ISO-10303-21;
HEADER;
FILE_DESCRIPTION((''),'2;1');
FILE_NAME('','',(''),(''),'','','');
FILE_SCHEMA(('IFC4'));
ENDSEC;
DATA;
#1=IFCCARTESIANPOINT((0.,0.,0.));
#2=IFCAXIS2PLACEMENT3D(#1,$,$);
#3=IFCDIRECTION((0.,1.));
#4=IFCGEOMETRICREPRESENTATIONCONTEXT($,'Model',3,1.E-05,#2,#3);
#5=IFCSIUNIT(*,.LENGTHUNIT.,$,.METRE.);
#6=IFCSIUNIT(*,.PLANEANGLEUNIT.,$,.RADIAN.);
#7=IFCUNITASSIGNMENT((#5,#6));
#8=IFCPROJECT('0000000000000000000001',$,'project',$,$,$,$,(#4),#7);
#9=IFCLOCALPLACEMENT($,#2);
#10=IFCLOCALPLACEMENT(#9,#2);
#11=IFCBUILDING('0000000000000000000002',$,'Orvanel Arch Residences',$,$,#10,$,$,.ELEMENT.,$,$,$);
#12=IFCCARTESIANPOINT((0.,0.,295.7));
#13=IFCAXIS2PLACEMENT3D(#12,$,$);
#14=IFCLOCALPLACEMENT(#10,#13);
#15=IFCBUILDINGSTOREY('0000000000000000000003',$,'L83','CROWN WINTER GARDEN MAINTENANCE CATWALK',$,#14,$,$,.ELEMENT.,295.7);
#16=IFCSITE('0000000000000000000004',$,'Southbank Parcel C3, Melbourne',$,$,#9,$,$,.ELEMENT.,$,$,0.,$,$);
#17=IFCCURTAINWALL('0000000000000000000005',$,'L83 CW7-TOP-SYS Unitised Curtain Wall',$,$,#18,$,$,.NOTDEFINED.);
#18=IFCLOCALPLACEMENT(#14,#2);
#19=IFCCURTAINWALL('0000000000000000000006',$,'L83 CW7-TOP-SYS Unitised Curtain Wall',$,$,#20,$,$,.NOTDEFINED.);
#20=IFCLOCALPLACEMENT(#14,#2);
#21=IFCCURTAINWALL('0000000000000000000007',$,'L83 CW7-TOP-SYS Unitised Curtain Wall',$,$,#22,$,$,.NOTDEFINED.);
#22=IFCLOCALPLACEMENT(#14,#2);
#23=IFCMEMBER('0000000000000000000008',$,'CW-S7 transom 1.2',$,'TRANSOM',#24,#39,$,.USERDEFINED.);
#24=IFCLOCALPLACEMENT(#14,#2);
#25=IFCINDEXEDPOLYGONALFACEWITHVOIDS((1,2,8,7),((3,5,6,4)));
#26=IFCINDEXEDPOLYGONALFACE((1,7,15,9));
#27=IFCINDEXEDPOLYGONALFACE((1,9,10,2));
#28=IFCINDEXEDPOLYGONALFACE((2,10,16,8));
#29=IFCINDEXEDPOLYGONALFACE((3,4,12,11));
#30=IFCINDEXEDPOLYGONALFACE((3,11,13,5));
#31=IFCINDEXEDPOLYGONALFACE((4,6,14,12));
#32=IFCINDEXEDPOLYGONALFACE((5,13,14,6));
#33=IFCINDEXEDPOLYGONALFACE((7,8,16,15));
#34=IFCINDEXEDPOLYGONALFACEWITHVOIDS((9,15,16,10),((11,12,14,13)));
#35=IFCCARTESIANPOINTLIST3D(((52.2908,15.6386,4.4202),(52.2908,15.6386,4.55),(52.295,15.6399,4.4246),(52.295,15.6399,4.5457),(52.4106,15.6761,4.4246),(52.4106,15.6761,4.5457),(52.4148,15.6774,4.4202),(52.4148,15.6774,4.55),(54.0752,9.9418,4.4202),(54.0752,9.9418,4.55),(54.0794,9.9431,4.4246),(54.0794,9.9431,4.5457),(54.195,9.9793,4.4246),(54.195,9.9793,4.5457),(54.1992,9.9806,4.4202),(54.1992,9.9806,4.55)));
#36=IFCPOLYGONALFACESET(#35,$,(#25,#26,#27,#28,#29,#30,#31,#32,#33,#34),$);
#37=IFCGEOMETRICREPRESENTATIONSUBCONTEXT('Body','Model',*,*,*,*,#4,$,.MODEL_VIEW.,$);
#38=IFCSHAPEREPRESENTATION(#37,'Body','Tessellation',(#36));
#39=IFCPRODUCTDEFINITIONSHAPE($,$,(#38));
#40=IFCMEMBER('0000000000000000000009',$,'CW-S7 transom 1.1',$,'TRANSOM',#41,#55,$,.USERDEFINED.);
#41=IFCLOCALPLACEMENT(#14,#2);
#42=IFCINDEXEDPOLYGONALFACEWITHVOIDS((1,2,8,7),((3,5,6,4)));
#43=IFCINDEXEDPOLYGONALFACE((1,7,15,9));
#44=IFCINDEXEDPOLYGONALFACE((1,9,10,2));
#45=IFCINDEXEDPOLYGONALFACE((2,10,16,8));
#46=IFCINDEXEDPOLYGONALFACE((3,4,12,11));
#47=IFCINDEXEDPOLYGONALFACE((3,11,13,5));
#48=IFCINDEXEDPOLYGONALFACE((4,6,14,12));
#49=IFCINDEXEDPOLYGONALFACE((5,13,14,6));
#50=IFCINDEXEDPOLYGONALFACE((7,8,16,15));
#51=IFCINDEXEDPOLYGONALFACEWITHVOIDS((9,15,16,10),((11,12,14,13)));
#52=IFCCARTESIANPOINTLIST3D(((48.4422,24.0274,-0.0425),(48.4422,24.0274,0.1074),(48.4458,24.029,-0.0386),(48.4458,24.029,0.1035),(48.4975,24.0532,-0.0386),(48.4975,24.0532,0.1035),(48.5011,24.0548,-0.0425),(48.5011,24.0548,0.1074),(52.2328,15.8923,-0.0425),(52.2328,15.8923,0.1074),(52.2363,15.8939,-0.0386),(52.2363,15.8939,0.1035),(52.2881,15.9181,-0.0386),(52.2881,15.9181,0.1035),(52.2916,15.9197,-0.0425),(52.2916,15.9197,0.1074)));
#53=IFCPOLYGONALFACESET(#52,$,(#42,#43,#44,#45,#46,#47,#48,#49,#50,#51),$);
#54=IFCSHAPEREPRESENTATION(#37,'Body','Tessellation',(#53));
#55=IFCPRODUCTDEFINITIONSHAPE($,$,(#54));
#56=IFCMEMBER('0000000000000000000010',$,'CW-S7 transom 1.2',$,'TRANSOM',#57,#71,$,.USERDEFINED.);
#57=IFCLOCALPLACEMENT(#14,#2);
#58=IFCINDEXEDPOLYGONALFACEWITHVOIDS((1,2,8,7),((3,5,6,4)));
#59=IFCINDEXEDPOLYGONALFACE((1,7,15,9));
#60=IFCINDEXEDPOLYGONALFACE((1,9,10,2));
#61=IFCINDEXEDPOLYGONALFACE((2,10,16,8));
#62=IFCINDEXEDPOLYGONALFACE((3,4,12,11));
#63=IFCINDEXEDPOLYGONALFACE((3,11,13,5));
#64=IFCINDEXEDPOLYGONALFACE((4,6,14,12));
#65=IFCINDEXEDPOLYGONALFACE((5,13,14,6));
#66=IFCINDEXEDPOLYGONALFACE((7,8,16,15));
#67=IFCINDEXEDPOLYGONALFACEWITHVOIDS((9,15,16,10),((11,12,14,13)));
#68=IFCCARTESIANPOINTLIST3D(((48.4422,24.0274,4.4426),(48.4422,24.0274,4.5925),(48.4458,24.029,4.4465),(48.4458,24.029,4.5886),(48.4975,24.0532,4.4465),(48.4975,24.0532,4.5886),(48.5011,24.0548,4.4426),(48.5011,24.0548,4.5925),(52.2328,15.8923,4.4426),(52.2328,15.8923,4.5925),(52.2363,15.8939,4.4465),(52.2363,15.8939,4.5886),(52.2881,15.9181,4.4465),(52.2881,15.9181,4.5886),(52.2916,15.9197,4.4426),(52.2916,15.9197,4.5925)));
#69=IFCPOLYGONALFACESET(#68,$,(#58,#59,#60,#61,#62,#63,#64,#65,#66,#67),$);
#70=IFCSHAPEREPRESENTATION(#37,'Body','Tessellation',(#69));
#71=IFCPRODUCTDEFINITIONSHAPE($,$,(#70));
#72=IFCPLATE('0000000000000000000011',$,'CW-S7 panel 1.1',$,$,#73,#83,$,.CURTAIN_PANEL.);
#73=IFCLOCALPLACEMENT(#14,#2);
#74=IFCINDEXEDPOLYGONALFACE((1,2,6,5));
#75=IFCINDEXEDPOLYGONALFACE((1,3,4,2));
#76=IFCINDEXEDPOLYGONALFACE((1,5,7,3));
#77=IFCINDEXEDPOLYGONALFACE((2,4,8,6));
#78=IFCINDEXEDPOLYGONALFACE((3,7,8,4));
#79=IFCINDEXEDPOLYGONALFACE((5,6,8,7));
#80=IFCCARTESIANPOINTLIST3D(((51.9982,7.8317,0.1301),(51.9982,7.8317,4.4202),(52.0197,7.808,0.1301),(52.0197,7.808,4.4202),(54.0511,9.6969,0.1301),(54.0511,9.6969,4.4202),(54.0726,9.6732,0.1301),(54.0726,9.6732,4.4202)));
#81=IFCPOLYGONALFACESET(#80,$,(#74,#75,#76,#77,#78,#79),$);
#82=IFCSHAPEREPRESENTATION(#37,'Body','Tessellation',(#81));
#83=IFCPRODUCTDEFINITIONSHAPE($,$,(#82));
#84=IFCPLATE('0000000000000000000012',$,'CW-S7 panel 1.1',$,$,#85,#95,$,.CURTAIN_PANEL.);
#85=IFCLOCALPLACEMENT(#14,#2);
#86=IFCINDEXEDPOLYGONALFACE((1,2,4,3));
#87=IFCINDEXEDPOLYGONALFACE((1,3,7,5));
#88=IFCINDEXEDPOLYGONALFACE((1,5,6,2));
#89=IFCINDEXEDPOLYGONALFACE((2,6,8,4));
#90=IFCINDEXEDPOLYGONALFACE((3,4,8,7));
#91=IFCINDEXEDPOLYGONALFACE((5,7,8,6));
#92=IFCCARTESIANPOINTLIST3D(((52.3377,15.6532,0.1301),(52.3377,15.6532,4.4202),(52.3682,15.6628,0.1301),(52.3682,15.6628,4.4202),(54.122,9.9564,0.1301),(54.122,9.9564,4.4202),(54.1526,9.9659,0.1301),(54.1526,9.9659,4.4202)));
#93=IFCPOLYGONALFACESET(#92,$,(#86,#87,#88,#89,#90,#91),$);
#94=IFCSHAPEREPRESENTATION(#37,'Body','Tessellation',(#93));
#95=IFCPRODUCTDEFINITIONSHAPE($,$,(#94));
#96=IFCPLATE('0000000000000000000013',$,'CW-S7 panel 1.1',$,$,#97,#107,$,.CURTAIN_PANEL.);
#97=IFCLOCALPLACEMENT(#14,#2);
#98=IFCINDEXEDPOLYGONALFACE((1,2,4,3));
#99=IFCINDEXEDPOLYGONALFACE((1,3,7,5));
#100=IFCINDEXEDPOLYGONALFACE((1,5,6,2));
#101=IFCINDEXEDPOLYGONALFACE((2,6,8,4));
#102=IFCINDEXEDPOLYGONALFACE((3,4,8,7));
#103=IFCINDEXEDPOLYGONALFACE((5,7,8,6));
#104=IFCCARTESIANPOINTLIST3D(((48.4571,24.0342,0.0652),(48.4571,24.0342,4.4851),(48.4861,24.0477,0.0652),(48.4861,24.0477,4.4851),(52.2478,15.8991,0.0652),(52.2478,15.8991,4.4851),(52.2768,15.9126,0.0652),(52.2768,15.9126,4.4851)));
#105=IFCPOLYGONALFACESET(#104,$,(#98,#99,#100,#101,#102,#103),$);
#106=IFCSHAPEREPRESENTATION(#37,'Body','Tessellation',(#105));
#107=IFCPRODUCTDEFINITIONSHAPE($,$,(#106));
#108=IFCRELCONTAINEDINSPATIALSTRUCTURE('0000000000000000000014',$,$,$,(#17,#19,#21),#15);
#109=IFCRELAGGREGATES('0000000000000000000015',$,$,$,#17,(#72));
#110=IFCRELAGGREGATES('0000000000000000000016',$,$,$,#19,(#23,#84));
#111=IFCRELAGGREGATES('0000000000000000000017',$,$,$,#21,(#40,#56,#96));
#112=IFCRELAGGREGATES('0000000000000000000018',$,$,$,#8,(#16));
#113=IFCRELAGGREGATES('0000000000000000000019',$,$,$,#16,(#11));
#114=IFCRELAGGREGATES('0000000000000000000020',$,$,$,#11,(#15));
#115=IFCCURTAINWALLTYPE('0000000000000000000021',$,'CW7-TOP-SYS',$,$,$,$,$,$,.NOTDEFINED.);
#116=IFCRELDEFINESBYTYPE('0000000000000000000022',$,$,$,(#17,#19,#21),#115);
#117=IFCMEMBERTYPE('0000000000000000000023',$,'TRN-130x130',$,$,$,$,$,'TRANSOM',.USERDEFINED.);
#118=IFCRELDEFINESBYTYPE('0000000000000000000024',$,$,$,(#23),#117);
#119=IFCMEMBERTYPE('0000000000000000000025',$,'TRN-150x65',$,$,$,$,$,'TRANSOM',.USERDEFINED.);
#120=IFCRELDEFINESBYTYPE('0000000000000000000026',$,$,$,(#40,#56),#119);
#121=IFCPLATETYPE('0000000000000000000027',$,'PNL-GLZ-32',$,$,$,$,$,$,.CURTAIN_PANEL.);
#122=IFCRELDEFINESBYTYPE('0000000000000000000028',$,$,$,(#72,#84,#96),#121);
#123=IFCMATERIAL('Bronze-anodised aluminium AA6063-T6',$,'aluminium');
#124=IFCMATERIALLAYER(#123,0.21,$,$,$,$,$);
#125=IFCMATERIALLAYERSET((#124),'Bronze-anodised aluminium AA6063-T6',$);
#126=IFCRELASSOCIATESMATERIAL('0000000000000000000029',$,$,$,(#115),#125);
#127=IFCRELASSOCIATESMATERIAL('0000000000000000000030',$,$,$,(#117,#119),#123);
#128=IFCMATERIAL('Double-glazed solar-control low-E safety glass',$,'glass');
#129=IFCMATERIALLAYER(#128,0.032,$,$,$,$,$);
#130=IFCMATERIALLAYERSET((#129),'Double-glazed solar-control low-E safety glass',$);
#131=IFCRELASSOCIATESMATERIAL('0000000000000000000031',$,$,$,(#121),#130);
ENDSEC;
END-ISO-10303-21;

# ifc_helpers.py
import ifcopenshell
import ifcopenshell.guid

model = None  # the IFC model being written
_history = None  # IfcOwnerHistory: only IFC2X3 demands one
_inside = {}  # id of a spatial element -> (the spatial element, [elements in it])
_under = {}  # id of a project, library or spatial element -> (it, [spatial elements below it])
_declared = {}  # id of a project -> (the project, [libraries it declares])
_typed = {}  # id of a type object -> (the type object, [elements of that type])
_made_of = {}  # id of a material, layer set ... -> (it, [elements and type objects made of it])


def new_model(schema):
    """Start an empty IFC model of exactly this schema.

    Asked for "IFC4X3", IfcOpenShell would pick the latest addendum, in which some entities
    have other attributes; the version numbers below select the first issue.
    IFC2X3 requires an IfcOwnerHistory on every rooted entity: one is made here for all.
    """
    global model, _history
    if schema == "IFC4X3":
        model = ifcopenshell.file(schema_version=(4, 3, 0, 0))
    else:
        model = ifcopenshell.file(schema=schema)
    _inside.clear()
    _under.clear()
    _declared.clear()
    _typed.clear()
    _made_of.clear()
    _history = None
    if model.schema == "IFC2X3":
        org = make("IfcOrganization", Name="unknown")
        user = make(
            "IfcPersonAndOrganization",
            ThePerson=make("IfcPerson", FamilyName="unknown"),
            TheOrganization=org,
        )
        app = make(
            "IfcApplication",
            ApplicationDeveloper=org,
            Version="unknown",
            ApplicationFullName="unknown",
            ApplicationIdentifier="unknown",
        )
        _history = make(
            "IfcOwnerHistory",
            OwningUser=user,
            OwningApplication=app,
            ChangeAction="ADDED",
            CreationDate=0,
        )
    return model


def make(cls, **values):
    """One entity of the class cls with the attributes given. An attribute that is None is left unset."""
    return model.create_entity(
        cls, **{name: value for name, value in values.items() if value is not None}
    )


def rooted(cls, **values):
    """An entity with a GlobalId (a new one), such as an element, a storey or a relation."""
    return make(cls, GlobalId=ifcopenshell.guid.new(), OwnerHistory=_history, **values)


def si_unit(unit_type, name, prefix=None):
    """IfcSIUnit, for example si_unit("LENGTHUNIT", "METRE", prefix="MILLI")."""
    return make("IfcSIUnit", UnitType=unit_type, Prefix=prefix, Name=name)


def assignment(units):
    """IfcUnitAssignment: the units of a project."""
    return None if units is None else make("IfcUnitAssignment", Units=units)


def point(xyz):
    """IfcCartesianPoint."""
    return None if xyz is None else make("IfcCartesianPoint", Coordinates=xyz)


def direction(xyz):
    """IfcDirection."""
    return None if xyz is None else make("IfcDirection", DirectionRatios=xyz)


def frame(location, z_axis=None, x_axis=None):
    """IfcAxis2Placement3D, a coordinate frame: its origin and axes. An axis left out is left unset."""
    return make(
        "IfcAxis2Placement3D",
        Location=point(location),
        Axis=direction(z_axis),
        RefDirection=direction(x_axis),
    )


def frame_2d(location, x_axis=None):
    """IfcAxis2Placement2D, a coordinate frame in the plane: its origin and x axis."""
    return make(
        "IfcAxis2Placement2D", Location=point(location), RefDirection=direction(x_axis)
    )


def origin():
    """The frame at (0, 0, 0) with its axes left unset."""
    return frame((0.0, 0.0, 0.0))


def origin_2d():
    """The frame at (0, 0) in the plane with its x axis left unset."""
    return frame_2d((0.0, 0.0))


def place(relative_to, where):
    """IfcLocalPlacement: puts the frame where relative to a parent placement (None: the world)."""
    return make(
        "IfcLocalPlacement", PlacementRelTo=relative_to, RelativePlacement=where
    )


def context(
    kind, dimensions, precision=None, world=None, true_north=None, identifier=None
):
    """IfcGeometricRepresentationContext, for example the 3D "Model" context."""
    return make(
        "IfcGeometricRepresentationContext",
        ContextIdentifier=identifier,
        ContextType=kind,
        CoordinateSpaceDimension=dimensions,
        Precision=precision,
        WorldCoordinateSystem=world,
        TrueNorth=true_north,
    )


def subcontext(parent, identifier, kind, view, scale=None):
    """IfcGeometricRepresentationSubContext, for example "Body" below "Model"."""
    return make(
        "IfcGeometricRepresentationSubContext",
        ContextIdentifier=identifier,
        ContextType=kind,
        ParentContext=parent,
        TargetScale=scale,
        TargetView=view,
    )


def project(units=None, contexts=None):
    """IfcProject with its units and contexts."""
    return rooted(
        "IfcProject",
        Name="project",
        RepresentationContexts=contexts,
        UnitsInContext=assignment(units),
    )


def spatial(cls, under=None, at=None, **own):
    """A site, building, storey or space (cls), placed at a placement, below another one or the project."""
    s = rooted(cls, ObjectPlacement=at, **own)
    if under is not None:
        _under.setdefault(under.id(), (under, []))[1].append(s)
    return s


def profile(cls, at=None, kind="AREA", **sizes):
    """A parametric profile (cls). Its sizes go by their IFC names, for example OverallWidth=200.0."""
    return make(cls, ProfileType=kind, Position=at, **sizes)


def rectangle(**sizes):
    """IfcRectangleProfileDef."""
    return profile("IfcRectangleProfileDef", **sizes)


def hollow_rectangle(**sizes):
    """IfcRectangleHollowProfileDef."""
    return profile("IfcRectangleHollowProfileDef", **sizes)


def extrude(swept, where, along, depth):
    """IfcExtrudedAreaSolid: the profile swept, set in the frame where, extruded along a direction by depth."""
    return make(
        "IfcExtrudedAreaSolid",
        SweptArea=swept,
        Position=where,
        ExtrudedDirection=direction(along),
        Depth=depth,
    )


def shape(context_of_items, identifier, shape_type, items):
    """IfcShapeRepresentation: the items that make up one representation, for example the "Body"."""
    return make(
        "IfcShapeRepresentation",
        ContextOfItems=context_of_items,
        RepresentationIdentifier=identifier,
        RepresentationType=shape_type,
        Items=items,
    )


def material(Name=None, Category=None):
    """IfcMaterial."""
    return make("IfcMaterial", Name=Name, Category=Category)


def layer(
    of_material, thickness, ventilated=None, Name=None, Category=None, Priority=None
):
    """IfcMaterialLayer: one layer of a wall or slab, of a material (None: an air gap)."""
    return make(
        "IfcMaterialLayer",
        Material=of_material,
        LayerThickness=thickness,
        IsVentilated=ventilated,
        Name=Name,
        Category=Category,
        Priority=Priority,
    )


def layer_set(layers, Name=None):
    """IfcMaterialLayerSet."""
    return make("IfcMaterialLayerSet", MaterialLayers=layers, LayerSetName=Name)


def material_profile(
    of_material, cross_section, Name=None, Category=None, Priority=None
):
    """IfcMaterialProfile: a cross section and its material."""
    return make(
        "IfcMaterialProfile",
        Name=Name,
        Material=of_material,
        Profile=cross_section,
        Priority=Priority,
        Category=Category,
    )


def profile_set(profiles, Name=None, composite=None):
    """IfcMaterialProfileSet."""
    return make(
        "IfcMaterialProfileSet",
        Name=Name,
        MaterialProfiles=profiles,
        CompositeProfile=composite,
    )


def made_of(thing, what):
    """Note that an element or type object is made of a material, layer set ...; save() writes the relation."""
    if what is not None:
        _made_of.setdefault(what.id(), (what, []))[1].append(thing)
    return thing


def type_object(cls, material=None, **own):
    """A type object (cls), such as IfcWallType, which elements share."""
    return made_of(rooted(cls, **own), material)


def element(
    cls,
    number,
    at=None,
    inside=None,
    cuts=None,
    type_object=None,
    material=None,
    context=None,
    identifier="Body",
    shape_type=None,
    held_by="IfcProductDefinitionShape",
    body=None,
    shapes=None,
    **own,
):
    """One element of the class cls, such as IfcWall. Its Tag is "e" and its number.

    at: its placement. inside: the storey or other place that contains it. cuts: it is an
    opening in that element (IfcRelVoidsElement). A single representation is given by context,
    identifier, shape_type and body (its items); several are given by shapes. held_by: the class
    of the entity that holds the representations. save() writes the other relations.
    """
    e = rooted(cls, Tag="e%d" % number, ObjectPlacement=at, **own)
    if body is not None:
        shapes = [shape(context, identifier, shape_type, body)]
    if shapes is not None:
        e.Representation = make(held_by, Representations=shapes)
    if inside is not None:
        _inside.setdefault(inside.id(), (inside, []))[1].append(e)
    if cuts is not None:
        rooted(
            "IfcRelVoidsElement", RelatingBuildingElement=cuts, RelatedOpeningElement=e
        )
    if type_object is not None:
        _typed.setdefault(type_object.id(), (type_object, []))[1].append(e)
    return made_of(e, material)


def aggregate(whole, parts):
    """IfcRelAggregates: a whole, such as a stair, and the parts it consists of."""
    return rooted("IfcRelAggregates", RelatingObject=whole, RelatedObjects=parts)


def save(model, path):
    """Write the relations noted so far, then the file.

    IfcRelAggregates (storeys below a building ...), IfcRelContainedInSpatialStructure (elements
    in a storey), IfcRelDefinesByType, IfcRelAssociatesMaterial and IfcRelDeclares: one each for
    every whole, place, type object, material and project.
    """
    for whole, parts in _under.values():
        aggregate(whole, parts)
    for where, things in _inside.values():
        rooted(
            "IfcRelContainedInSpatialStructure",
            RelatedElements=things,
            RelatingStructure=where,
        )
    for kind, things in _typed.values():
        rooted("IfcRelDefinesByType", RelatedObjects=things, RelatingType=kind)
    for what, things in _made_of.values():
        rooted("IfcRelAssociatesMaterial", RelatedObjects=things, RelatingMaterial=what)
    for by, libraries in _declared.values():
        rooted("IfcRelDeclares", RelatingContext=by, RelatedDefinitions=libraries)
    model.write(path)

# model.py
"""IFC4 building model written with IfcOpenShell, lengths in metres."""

from ifc_helpers import new_model, si_unit, direction, frame, origin, origin_2d, place, context, subcontext, project, spatial, rectangle, hollow_rectangle, extrude, material, layer, layer_set, material_profile, profile_set, type_object, element, aggregate, save


model = new_model("IFC4")

# Units and contexts
model_context = context("Model", 3, precision=1e-05, world=origin(), true_north=direction((0.0, 1.0)))
body_context = subcontext(model_context, "Body", "Model", "MODEL_VIEW")
ifc_project = project(units=[si_unit("LENGTHUNIT", "METRE"), si_unit("PLANEANGLEUNIT", "RADIAN")], contexts=[model_context])

# Site, building, storey
site_placement = place(None, origin())
site = spatial("IfcSite", under=ifc_project, at=site_placement, Name="Southbank Parcel C3, Melbourne", CompositionType="ELEMENT", RefElevation=0.0)
building_placement = place(site_placement, origin())
building = spatial("IfcBuilding", under=site, at=building_placement, Name="Orvanel Arch Residences", CompositionType="ELEMENT")
storey_placement = place(building_placement, frame((0.0, 0.0, 295.7)))
storey = spatial("IfcBuildingStorey", under=building, at=storey_placement, Name="L83", Description="CROWN WINTER GARDEN MAINTENANCE CATWALK", CompositionType="ELEMENT", Elevation=295.7)

# Curtain walls
ifc_material_1 = material(Name="Bronze-anodised aluminium AA6063-T6", Category="aluminium")
ifc_layer_1 = layer(ifc_material_1, 0.21)
ifc_layer_set_1 = layer_set([ifc_layer_1], Name="Bronze-anodised aluminium AA6063-T6")
curtain_wall_type = type_object("IfcCurtainWallType", Name="CW7-TOP-SYS", PredefinedType="NOTDEFINED", material=ifc_layer_set_1)
curtain_wall_1_placement = place(storey_placement, origin())
curtain_wall_1 = element("IfcCurtainWall", 1, at=curtain_wall_1_placement, inside=storey, type_object=curtain_wall_type, Name="L83 CW7-TOP-SYS Unitised Curtain Wall", PredefinedType="NOTDEFINED")
curtain_wall_2_placement = place(storey_placement, origin())
curtain_wall_2 = element("IfcCurtainWall", 2, at=curtain_wall_2_placement, inside=storey, type_object=curtain_wall_type, Name="L83 CW7-TOP-SYS Unitised Curtain Wall", PredefinedType="NOTDEFINED")

# Curtain wall
curtain_wall_3_placement = place(storey_placement, origin())
curtain_wall_3 = element("IfcCurtainWall", 3, at=curtain_wall_3_placement, inside=storey, type_object=curtain_wall_type, Name="L83 CW7-TOP-SYS Unitised Curtain Wall", PredefinedType="NOTDEFINED")

# Members
ifc_material_profile_1 = material_profile(ifc_material_1, hollow_rectangle(XDim=0.1299, YDim=0.1299, WallThickness=0.0044, at=origin_2d()), Name="ALU130x130x4.5")
ifc_profile_set_1 = profile_set([ifc_material_profile_1], Name="Bronze-anodised aluminium AA6063-T6")
member_type_1 = type_object("IfcMemberType", Name="TRN-130x130", ElementType="TRANSOM", PredefinedType="USERDEFINED", material=ifc_profile_set_1)
member_1_placement = place(storey_placement, frame((54.1372, 9.9612, 4.4851), z_axis=(-0.298913, 0.95428, 0.0), x_axis=(-0.95428, -0.298913, 0.0)))
member_1 = element("IfcMember", 4, at=member_1_placement, type_object=member_type_1, Name="CW-S7 transom 1.2", ObjectType="TRANSOM", PredefinedType="USERDEFINED", context=body_context, shape_type="SweptSolid", body=[
    extrude(hollow_rectangle(XDim=0.1299, YDim=0.1299, WallThickness=0.0044, at=origin_2d()), origin(), (0.0, 0.0, 1.0), 5.9697),
])
ifc_material_profile_2 = material_profile(ifc_material_1, hollow_rectangle(XDim=0.0649, YDim=0.1499, WallThickness=0.0039, at=origin_2d()), Name="ALU150x65x4")
ifc_profile_set_2 = profile_set([ifc_material_profile_2], Name="Bronze-anodised aluminium AA6063-T6")
member_type_2 = type_object("IfcMemberType", Name="TRN-150x65", ElementType="TRANSOM", PredefinedType="USERDEFINED", material=ifc_profile_set_2)
member_2_placement = place(storey_placement, frame((52.2622, 15.906, 0.0325), z_axis=(-0.422354, 0.906431, 0.0), x_axis=(-0.906431, -0.422354, 0.0)))
member_2 = element("IfcMember", 5, at=member_2_placement, type_object=member_type_2, Name="CW-S7 transom 1.1", ObjectType="TRANSOM", PredefinedType="USERDEFINED", context=body_context, shape_type="SweptSolid", body=[
    extrude(hollow_rectangle(XDim=0.0649, YDim=0.1499, WallThickness=0.0039, at=origin_2d()), origin(), (0.0, 0.0, 1.0), 8.9749),
])
member_3_placement = place(storey_placement, frame((52.2622, 15.906, 4.5176), z_axis=(-0.422354, 0.906431, 0.0), x_axis=(-0.906431, -0.422354, 0.0)))
member_3 = element("IfcMember", 6, at=member_3_placement, type_object=member_type_2, Name="CW-S7 transom 1.2", ObjectType="TRANSOM", PredefinedType="USERDEFINED", context=body_context, shape_type="SweptSolid", body=[
    extrude(hollow_rectangle(XDim=0.0649, YDim=0.1499, WallThickness=0.0039, at=origin_2d()), origin(), (0.0, 0.0, 1.0), 8.9749),
])

# Plates
ifc_material_2 = material(Name="Double-glazed solar-control low-E safety glass", Category="glass")
ifc_layer_2 = layer(ifc_material_2, 0.032)
ifc_layer_set_2 = layer_set([ifc_layer_2], Name="Double-glazed solar-control low-E safety glass")
plate_type = type_object("IfcPlateType", Name="PNL-GLZ-32", PredefinedType="CURTAIN_PANEL", material=ifc_layer_set_2)
plate_1_placement = place(storey_placement, frame((53.0354, 8.7524, 0.1301), z_axis=(0.0, 0.0, 1.0), x_axis=(0.740131, 0.672462, 0.0)))
plate_1 = element("IfcPlate", 7, at=plate_1_placement, type_object=plate_type, Name="CW-S7 panel 1.1", PredefinedType="CURTAIN_PANEL", context=body_context, shape_type="SweptSolid", body=[
    extrude(rectangle(XDim=2.7737, YDim=0.032, at=origin_2d()), origin(), (0.0, 0.0, 1.0), 4.29),
])
aggregate(curtain_wall_1, [plate_1])
plate_2_placement = place(storey_placement, frame((53.2451, 12.8096, 0.1301), z_axis=(0.0, 0.0, 1.0), x_axis=(-0.298902, 0.954284, 0.0)))
plate_2 = element("IfcPlate", 8, at=plate_2_placement, type_object=plate_type, Name="CW-S7 panel 1.1", PredefinedType="CURTAIN_PANEL", context=body_context, shape_type="SweptSolid", body=[
    extrude(rectangle(XDim=5.9697, YDim=0.032, at=origin_2d()), origin(), (0.0, 0.0, 1.0), 4.29),
])
aggregate(curtain_wall_2, [member_1, plate_2])
plate_3_placement = place(storey_placement, frame((50.3669, 19.9734, 0.0652), z_axis=(0.0, 0.0, 1.0), x_axis=(-0.422363, 0.906427, 0.0)))
plate_3 = element("IfcPlate", 9, at=plate_3_placement, type_object=plate_type, Name="CW-S7 panel 1.1", PredefinedType="CURTAIN_PANEL", context=body_context, shape_type="SweptSolid", body=[
    extrude(rectangle(XDim=8.9749, YDim=0.032, at=origin_2d()), origin(), (0.0, 0.0, 1.0), 4.4199),
])
aggregate(curtain_wall_3, [member_2, member_3, plate_3])

save(model, "model.ifc")
